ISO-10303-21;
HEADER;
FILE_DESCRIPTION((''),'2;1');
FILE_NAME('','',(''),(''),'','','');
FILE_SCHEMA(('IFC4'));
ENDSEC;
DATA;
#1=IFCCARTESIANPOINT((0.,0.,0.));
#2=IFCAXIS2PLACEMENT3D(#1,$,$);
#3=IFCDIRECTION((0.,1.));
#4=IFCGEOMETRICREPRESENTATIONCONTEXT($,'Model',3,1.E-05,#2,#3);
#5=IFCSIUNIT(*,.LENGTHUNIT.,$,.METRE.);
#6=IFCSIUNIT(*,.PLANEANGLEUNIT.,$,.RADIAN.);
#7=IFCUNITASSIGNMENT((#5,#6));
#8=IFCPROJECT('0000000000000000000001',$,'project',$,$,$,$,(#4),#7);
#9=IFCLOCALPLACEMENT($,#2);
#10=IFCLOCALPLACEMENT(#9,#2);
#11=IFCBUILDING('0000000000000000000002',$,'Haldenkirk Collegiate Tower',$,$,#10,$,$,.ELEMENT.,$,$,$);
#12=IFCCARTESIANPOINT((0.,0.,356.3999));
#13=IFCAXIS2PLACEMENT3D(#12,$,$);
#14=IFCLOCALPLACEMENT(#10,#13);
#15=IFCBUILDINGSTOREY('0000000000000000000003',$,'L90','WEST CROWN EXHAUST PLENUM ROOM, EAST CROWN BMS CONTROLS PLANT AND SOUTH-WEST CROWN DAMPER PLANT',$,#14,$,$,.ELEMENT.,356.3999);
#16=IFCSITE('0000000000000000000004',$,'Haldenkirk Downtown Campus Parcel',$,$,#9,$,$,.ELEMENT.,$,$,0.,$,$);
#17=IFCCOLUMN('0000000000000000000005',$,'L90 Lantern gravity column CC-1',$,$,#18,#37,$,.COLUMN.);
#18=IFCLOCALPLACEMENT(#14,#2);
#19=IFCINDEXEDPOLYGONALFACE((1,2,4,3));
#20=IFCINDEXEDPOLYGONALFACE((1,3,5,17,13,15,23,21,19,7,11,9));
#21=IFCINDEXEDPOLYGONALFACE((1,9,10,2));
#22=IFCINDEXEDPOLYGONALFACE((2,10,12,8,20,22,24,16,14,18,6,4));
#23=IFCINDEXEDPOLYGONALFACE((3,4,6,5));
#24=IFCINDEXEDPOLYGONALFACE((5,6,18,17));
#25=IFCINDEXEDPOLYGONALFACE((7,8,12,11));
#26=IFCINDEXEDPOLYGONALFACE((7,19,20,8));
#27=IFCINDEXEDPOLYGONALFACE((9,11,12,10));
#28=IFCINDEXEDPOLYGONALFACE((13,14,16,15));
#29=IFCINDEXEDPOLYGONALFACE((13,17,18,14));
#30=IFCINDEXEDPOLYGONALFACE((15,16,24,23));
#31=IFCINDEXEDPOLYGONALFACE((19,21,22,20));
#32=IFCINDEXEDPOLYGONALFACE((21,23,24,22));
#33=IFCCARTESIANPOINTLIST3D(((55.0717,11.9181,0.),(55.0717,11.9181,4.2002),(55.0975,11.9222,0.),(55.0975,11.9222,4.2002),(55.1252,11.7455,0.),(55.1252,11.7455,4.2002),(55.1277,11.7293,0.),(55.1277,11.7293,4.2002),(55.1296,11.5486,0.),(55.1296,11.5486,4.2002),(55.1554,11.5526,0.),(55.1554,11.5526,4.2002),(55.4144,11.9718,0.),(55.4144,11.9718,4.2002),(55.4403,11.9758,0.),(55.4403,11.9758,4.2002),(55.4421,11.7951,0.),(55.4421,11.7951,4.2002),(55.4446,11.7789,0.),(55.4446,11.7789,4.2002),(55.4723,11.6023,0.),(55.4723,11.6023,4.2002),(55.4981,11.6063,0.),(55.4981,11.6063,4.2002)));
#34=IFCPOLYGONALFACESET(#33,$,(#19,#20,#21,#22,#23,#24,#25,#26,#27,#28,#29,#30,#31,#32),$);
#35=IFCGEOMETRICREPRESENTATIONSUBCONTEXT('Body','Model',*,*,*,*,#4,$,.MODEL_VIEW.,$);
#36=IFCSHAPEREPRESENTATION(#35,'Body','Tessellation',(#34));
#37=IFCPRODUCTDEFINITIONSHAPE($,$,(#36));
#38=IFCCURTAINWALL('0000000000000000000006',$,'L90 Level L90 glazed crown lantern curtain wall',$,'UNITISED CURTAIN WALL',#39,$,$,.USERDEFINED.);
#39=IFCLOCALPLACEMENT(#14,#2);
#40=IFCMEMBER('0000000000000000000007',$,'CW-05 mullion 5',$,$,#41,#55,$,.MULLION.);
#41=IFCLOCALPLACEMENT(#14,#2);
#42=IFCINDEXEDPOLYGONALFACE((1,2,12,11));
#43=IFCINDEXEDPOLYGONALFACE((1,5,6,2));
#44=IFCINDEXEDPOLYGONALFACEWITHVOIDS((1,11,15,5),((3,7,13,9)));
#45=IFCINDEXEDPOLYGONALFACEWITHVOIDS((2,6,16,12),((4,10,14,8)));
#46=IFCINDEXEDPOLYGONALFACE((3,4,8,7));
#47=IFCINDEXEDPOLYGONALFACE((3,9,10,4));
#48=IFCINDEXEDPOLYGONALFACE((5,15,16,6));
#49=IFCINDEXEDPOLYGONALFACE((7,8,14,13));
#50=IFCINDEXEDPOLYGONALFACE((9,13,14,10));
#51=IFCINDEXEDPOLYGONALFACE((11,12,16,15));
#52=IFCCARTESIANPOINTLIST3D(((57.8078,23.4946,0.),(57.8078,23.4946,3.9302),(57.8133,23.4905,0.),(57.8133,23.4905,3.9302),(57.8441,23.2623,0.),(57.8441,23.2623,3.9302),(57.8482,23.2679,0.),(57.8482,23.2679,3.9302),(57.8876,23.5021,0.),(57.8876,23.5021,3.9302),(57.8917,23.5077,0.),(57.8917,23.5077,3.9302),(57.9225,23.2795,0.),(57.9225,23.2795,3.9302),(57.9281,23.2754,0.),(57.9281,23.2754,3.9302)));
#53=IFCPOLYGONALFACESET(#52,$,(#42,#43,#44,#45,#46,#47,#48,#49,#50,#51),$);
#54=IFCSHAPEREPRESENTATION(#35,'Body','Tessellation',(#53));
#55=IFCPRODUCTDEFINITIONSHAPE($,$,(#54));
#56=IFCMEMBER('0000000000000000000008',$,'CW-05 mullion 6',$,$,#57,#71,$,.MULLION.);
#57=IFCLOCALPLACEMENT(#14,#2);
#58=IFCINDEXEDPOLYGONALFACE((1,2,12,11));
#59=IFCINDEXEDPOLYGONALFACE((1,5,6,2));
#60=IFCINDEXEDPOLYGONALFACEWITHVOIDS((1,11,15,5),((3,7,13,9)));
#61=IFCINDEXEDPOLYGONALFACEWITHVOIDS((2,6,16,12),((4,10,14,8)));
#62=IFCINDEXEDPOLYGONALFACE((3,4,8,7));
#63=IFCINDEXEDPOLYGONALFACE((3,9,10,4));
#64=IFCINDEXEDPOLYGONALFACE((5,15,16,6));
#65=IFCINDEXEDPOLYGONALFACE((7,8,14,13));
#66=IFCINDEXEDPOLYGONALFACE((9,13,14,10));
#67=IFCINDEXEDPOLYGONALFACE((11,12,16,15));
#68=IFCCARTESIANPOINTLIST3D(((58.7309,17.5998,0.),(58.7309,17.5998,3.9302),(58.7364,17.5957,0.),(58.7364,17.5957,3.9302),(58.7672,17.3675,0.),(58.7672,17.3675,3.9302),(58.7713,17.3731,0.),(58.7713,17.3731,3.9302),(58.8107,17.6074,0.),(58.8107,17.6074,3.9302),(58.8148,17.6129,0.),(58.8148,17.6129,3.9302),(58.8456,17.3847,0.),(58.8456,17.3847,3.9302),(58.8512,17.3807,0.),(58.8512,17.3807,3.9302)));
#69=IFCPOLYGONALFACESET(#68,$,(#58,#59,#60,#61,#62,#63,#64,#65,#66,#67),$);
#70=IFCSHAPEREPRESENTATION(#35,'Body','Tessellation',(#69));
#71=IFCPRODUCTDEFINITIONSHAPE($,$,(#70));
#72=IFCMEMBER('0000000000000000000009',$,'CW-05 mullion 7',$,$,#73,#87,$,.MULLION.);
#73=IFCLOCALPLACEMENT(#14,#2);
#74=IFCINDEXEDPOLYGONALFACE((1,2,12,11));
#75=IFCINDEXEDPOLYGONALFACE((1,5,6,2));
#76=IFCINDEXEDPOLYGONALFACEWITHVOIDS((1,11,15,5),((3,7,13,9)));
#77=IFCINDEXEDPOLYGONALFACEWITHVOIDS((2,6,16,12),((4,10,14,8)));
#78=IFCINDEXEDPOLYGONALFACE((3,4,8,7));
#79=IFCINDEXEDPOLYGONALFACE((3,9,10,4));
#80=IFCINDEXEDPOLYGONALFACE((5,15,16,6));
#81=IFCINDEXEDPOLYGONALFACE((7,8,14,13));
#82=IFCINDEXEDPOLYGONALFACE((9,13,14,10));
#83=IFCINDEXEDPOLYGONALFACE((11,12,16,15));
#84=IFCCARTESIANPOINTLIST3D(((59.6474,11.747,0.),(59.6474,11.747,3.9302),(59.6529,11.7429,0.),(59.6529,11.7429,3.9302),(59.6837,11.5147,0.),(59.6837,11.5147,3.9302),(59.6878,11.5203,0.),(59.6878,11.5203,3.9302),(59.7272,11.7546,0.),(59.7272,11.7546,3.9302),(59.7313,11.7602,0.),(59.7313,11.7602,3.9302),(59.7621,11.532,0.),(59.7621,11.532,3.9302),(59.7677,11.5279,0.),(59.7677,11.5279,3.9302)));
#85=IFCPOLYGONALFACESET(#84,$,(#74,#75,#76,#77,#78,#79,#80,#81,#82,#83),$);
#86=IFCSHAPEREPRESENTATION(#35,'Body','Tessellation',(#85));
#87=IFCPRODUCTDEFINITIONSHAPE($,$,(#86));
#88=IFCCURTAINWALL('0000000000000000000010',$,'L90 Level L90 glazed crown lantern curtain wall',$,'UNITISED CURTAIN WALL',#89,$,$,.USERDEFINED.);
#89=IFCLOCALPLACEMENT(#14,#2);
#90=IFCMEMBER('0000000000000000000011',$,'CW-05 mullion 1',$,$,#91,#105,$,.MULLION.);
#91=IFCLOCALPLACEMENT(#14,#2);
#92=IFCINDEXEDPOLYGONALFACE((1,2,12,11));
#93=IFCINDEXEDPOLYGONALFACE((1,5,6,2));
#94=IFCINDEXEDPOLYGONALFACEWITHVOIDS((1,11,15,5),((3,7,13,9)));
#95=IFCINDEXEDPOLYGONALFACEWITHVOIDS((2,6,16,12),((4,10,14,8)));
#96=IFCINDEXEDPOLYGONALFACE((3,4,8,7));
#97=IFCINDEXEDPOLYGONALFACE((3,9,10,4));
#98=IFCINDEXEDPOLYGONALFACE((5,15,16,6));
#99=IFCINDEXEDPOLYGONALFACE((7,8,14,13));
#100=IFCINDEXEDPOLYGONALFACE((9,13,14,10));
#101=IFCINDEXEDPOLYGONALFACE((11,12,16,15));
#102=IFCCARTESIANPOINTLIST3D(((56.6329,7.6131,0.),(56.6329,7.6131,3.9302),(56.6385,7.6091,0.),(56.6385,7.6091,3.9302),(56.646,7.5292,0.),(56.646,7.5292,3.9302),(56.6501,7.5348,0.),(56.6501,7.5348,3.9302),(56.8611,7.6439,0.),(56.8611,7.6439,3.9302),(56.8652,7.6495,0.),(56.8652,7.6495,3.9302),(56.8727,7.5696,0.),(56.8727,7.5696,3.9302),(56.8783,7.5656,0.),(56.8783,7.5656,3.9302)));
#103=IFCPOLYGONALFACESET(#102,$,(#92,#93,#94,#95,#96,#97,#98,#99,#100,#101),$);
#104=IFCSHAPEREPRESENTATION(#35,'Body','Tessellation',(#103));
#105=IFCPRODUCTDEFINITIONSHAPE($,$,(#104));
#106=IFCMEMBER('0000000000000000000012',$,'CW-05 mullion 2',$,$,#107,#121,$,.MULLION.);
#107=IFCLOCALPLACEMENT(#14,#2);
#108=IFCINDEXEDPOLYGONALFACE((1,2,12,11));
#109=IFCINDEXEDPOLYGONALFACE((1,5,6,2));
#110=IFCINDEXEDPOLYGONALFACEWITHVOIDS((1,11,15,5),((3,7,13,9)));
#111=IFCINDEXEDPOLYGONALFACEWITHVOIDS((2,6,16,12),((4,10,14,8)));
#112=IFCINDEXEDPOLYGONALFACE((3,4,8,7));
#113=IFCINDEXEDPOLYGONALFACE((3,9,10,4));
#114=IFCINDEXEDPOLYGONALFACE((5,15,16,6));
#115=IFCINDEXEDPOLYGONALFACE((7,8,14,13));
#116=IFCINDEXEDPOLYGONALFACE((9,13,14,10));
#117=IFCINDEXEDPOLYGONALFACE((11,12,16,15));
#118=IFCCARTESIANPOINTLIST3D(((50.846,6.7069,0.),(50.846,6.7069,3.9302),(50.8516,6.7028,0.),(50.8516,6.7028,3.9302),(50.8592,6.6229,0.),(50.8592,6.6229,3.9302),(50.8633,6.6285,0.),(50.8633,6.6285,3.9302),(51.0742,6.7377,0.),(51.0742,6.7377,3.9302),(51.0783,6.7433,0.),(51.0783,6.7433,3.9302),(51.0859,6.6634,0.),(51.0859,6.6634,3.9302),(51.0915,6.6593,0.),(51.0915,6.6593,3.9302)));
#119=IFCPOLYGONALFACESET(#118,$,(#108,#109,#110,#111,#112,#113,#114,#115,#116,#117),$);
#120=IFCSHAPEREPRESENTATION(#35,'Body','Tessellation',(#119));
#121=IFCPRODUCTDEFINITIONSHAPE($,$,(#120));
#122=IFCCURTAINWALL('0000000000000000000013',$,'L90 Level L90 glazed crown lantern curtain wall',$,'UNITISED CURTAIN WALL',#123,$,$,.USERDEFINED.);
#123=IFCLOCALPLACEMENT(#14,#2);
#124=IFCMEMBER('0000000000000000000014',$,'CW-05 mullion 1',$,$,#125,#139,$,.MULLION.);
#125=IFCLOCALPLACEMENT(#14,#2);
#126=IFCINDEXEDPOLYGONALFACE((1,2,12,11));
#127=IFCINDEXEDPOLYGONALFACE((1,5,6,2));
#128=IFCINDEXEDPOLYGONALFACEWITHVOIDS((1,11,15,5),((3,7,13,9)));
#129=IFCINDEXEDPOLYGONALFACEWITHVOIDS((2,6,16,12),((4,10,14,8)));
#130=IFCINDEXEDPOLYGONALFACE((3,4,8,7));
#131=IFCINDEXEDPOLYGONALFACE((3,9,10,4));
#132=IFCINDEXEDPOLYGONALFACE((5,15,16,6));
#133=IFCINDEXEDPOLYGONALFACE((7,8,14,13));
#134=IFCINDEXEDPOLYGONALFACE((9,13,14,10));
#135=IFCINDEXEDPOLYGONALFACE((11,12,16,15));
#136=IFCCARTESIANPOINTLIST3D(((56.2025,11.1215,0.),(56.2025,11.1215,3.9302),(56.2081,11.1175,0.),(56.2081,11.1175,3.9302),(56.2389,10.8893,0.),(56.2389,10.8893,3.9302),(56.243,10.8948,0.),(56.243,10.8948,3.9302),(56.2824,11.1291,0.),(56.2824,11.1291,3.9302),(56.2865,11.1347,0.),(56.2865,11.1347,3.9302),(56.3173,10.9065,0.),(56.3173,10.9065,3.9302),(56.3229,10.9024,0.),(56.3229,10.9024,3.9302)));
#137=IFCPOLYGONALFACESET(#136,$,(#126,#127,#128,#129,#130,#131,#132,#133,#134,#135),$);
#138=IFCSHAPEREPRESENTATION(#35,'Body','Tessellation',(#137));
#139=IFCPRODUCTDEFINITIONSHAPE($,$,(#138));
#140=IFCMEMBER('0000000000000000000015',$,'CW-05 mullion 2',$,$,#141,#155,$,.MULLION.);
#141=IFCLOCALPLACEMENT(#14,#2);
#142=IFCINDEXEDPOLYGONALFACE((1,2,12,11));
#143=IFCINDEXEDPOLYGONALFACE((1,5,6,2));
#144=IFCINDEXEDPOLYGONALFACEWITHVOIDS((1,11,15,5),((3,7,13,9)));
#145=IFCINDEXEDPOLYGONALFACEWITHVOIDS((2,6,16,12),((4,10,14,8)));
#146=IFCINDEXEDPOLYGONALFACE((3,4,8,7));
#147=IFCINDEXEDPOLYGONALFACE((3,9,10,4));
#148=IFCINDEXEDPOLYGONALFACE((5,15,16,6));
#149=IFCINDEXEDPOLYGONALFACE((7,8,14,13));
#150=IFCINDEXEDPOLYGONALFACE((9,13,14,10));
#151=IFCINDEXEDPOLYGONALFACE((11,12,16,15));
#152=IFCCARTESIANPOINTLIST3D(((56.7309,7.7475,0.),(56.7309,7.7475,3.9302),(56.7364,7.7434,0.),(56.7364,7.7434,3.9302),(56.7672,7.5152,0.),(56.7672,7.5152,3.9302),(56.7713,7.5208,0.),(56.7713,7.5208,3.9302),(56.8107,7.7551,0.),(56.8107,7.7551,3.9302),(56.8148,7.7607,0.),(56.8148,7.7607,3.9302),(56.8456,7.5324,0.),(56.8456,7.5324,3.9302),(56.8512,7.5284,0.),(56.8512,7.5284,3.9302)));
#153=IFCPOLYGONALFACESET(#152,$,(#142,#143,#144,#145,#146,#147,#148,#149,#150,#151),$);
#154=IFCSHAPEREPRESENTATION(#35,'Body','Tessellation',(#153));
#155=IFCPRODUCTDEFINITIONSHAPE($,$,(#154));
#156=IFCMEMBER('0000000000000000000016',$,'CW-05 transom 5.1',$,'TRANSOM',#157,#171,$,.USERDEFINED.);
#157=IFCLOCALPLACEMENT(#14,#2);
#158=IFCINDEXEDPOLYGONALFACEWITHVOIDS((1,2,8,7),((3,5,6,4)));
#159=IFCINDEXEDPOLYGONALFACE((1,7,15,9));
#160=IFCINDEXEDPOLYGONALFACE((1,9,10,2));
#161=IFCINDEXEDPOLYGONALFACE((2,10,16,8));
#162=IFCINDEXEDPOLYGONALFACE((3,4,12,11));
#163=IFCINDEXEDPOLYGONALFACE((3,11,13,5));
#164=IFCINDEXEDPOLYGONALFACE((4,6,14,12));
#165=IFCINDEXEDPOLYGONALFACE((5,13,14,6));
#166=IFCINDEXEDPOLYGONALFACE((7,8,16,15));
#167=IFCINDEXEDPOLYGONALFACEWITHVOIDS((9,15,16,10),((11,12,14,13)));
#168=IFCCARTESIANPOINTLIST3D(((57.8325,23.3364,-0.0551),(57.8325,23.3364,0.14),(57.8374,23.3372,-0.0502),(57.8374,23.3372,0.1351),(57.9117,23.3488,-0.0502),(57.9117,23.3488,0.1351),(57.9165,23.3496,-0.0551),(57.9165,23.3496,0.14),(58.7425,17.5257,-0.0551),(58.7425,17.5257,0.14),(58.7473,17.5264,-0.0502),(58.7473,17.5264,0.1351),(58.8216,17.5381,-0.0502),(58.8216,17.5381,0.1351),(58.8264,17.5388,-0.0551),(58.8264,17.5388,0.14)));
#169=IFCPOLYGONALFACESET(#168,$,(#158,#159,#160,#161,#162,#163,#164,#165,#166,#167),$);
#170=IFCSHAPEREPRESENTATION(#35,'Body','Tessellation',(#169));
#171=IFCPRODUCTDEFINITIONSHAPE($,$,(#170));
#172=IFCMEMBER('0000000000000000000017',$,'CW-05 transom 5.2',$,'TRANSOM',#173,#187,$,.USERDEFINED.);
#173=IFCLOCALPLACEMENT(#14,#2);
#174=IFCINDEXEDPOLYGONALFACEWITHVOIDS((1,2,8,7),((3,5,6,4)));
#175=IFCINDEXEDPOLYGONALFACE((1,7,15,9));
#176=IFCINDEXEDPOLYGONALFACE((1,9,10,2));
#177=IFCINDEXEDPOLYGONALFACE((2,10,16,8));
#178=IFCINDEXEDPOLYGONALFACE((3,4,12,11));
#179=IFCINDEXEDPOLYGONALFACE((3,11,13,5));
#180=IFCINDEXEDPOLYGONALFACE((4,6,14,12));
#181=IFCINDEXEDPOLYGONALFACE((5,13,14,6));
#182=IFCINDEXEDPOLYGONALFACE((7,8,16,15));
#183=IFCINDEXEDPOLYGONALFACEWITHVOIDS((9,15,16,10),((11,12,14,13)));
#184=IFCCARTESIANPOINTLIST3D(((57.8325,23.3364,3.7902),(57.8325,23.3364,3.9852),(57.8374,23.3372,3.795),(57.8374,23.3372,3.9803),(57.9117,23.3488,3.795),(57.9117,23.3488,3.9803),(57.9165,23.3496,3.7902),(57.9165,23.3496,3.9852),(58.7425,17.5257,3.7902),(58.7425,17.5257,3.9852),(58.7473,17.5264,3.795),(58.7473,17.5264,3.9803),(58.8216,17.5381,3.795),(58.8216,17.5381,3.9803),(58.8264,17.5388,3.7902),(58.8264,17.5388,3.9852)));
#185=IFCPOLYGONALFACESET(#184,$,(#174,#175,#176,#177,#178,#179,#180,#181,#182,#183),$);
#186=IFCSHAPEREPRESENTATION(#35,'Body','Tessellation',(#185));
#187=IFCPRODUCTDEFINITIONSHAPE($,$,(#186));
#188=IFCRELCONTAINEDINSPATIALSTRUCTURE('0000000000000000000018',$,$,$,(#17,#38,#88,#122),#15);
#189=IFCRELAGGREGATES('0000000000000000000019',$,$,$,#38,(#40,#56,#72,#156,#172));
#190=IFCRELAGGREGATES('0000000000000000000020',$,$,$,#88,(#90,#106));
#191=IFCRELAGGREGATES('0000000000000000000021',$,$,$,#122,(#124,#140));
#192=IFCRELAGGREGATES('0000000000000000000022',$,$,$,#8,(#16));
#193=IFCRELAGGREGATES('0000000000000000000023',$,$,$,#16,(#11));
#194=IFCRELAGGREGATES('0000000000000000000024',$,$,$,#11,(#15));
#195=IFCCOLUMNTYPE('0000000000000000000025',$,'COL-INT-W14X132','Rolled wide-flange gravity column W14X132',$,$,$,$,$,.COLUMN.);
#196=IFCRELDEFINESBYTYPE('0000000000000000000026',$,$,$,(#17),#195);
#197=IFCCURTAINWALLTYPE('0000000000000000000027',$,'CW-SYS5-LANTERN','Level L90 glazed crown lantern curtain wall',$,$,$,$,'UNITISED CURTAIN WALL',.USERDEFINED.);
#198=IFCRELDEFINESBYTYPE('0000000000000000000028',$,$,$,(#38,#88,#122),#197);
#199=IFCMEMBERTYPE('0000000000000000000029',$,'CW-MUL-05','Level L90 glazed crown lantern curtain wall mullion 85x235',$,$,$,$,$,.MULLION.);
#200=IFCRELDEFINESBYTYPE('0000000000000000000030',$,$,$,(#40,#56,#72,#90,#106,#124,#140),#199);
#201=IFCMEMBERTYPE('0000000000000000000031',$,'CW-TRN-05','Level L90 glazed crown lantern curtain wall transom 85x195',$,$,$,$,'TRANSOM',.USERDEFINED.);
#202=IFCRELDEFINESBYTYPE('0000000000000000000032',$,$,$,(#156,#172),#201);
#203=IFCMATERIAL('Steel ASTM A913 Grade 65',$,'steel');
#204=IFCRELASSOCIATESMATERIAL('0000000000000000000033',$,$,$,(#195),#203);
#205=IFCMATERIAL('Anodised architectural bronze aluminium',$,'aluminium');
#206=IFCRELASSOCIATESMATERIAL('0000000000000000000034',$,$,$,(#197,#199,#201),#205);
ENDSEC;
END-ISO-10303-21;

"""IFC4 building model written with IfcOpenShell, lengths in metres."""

from ifc_helpers import new_model, si_unit, direction, frame, origin, origin_2d, place, context, subcontext, project, spatial, hollow_rectangle, i_section, extrude, material, material_profile, profile_set, type_object, element, aggregate, save


model = new_model("IFC4")

# Units and contexts
model_context = context("Model", 3, precision=1e-05, world=origin(), true_north=direction((0.0, 1.0)))
body_context = subcontext(model_context, "Body", "Model", "MODEL_VIEW")
ifc_project = project(units=[si_unit("LENGTHUNIT", "METRE"), si_unit("PLANEANGLEUNIT", "RADIAN")], contexts=[model_context])

# Site, building, storey
site_placement = place(None, origin())
site = spatial("IfcSite", under=ifc_project, at=site_placement, Name="Haldenkirk Downtown Campus Parcel", CompositionType="ELEMENT", RefElevation=0.0)
building_placement = place(site_placement, origin())
building = spatial("IfcBuilding", under=site, at=building_placement, Name="Haldenkirk Collegiate Tower", CompositionType="ELEMENT")
storey_placement = place(building_placement, frame((0.0, 0.0, 356.3999)))
storey = spatial("IfcBuildingStorey", under=building, at=storey_placement, Name="L90", Description="WEST CROWN EXHAUST PLENUM ROOM, EAST CROWN BMS CONTROLS PLANT AND SOUTH-WEST CROWN DAMPER PLANT", CompositionType="ELEMENT", Elevation=356.3999)

# Column
ifc_material_1 = material(Name="Steel ASTM A913 Grade 65", Category="steel")
ifc_material_profile_1 = material_profile(ifc_material_1, i_section(OverallWidth=0.374, OverallDepth=0.373, WebThickness=0.0164, FlangeThickness=0.0261, at=origin_2d()), Name="W14X132")
ifc_profile_set_1 = profile_set([ifc_material_profile_1], Name="Steel ASTM A913 Grade 65")
column_type = type_object("IfcColumnType", Name="COL-INT-W14X132", Description="Rolled wide-flange gravity column W14X132", PredefinedType="COLUMN", material=ifc_profile_set_1)
column_placement = place(storey_placement, frame((55.2849, 11.7622, 0.0), z_axis=(0.0, 0.0, 1.0), x_axis=(-0.15471, 0.98796, 0.0)))
element("IfcColumn", 1, at=column_placement, inside=storey, type_object=column_type, Name="L90 Lantern gravity column CC-1", PredefinedType="COLUMN", context=body_context, shape_type="SweptSolid", body=[
    extrude(i_section(OverallWidth=0.374, OverallDepth=0.373, WebThickness=0.0164, FlangeThickness=0.0261, at=origin_2d()), origin(), (0.0, 0.0, 1.0), 4.2002),
])

# Curtain walls, members
ifc_material_2 = material(Name="Anodised architectural bronze aluminium", Category="aluminium")
curtain_wall_type = type_object("IfcCurtainWallType", Name="CW-SYS5-LANTERN", Description="Level L90 glazed crown lantern curtain wall", ElementType="UNITISED CURTAIN WALL", PredefinedType="USERDEFINED", material=ifc_material_2)
curtain_wall_1_placement = place(storey_placement, origin())
curtain_wall_1 = element("IfcCurtainWall", 2, at=curtain_wall_1_placement, inside=storey, type_object=curtain_wall_type, Name="L90 Level L90 glazed crown lantern curtain wall", ObjectType="UNITISED CURTAIN WALL", PredefinedType="USERDEFINED")
ifc_material_profile_2 = material_profile(ifc_material_2, hollow_rectangle(XDim=0.085, YDim=0.2351, WallThickness=0.0049, at=origin_2d()), Name="CW-MUL-05")
ifc_profile_set_2 = profile_set([ifc_material_profile_2], Name="Anodised architectural bronze aluminium")
member_type_1 = type_object("IfcMemberType", Name="CW-MUL-05", Description="Level L90 glazed crown lantern curtain wall mullion 85x235", PredefinedType="MULLION", material=ifc_profile_set_2)
member_1_placement = place(storey_placement, frame((57.8679, 23.385, 0.0), z_axis=(0.0, 0.0, 1.0), x_axis=(0.98796, 0.154713, 0.0)))
member_1 = element("IfcMember", 3, at=member_1_placement, type_object=member_type_1, Name="CW-05 mullion 5", PredefinedType="MULLION", context=body_context, shape_type="SweptSolid", body=[
    extrude(hollow_rectangle(XDim=0.085, YDim=0.2351, WallThickness=0.0049, at=origin_2d()), origin(), (0.0, 0.0, 1.0), 3.9302),
])
member_2_placement = place(storey_placement, frame((58.791, 17.4902, 0.0), z_axis=(0.0, 0.0, 1.0), x_axis=(0.98796, 0.154713, 0.0)))
member_2 = element("IfcMember", 4, at=member_2_placement, type_object=member_type_1, Name="CW-05 mullion 6", PredefinedType="MULLION", context=body_context, shape_type="SweptSolid", body=[
    extrude(hollow_rectangle(XDim=0.085, YDim=0.2351, WallThickness=0.0049, at=origin_2d()), origin(), (0.0, 0.0, 1.0), 3.9302),
])
member_3_placement = place(storey_placement, frame((59.7075, 11.6375, 0.0), z_axis=(0.0, 0.0, 1.0), x_axis=(0.98796, 0.154713, 0.0)))
member_3 = element("IfcMember", 5, at=member_3_placement, type_object=member_type_1, Name="CW-05 mullion 7", PredefinedType="MULLION", context=body_context, shape_type="SweptSolid", body=[
    extrude(hollow_rectangle(XDim=0.085, YDim=0.2351, WallThickness=0.0049, at=origin_2d()), origin(), (0.0, 0.0, 1.0), 3.9302),
])
curtain_wall_2_placement = place(storey_placement, origin())
curtain_wall_2 = element("IfcCurtainWall", 6, at=curtain_wall_2_placement, inside=storey, type_object=curtain_wall_type, Name="L90 Level L90 glazed crown lantern curtain wall", ObjectType="UNITISED CURTAIN WALL", PredefinedType="USERDEFINED")
member_4_placement = place(storey_placement, frame((56.7556, 7.5894, 0.0), z_axis=(0.0, 0.0, 1.0), x_axis=(0.154709, -0.98796, 0.0)))
member_4 = element("IfcMember", 7, at=member_4_placement, type_object=member_type_1, Name="CW-05 mullion 1", PredefinedType="MULLION", context=body_context, shape_type="SweptSolid", body=[
    extrude(hollow_rectangle(XDim=0.085, YDim=0.2351, WallThickness=0.0049, at=origin_2d()), origin(), (0.0, 0.0, 1.0), 3.9302),
])
member_5_placement = place(storey_placement, frame((50.9688, 6.6831, 0.0), z_axis=(0.0, 0.0, 1.0), x_axis=(0.154709, -0.98796, 0.0)))
member_5 = element("IfcMember", 8, at=member_5_placement, type_object=member_type_1, Name="CW-05 mullion 2", PredefinedType="MULLION", context=body_context, shape_type="SweptSolid", body=[
    extrude(hollow_rectangle(XDim=0.085, YDim=0.2351, WallThickness=0.0049, at=origin_2d()), origin(), (0.0, 0.0, 1.0), 3.9302),
])
curtain_wall_3_placement = place(storey_placement, origin())
curtain_wall_3 = element("IfcCurtainWall", 9, at=curtain_wall_3_placement, inside=storey, type_object=curtain_wall_type, Name="L90 Level L90 glazed crown lantern curtain wall", ObjectType="UNITISED CURTAIN WALL", PredefinedType="USERDEFINED")
member_6_placement = place(storey_placement, frame((56.2627, 11.012, 0.0), z_axis=(0.0, 0.0, 1.0), x_axis=(0.98796, 0.154712, 0.0)))
member_6 = element("IfcMember", 10, at=member_6_placement, type_object=member_type_1, Name="CW-05 mullion 1", PredefinedType="MULLION", context=body_context, shape_type="SweptSolid", body=[
    extrude(hollow_rectangle(XDim=0.085, YDim=0.2351, WallThickness=0.0049, at=origin_2d()), origin(), (0.0, 0.0, 1.0), 3.9302),
])
member_7_placement = place(storey_placement, frame((56.791, 7.6379, 0.0), z_axis=(0.0, 0.0, 1.0), x_axis=(0.98796, 0.154712, 0.0)))
member_7 = element("IfcMember", 11, at=member_7_placement, type_object=member_type_1, Name="CW-05 mullion 2", PredefinedType="MULLION", context=body_context, shape_type="SweptSolid", body=[
    extrude(hollow_rectangle(XDim=0.085, YDim=0.2351, WallThickness=0.0049, at=origin_2d()), origin(), (0.0, 0.0, 1.0), 3.9302),
])

# Members
ifc_material_profile_3 = material_profile(ifc_material_2, hollow_rectangle(XDim=0.085, YDim=0.1951, WallThickness=0.0049, at=origin_2d()), Name="CW-TRN-05")
ifc_profile_set_3 = profile_set([ifc_material_profile_3], Name="Anodised architectural bronze aluminium")
member_type_2 = type_object("IfcMemberType", Name="CW-TRN-05", Description="Level L90 glazed crown lantern curtain wall transom 85x195", ElementType="TRANSOM", PredefinedType="USERDEFINED", material=ifc_profile_set_3)
member_8_placement = place(storey_placement, frame((57.8745, 23.343, 0.0425), z_axis=(0.154705, -0.987961, 0.0), x_axis=(0.987961, 0.154705, 0.0)))
member_8 = element("IfcMember", 12, at=member_8_placement, type_object=member_type_2, Name="CW-05 transom 5.1", ObjectType="TRANSOM", PredefinedType="USERDEFINED", context=body_context, shape_type="SweptSolid", body=[
    extrude(hollow_rectangle(XDim=0.085, YDim=0.1951, WallThickness=0.0049, at=origin_2d()), origin(), (0.0, 0.0, 1.0), 5.8816),
])
member_9_placement = place(storey_placement, frame((57.8745, 23.343, 3.8877), z_axis=(0.154705, -0.987961, 0.0), x_axis=(0.987961, 0.154705, 0.0)))
member_9 = element("IfcMember", 13, at=member_9_placement, type_object=member_type_2, Name="CW-05 transom 5.2", ObjectType="TRANSOM", PredefinedType="USERDEFINED", context=body_context, shape_type="SweptSolid", body=[
    extrude(hollow_rectangle(XDim=0.085, YDim=0.1951, WallThickness=0.0049, at=origin_2d()), origin(), (0.0, 0.0, 1.0), 5.8816),
])

aggregate(curtain_wall_1, [member_1, member_2, member_3, member_8, member_9])
aggregate(curtain_wall_2, [member_4, member_5])
aggregate(curtain_wall_3, [member_6, member_7])

save(model, "model.ifc")
